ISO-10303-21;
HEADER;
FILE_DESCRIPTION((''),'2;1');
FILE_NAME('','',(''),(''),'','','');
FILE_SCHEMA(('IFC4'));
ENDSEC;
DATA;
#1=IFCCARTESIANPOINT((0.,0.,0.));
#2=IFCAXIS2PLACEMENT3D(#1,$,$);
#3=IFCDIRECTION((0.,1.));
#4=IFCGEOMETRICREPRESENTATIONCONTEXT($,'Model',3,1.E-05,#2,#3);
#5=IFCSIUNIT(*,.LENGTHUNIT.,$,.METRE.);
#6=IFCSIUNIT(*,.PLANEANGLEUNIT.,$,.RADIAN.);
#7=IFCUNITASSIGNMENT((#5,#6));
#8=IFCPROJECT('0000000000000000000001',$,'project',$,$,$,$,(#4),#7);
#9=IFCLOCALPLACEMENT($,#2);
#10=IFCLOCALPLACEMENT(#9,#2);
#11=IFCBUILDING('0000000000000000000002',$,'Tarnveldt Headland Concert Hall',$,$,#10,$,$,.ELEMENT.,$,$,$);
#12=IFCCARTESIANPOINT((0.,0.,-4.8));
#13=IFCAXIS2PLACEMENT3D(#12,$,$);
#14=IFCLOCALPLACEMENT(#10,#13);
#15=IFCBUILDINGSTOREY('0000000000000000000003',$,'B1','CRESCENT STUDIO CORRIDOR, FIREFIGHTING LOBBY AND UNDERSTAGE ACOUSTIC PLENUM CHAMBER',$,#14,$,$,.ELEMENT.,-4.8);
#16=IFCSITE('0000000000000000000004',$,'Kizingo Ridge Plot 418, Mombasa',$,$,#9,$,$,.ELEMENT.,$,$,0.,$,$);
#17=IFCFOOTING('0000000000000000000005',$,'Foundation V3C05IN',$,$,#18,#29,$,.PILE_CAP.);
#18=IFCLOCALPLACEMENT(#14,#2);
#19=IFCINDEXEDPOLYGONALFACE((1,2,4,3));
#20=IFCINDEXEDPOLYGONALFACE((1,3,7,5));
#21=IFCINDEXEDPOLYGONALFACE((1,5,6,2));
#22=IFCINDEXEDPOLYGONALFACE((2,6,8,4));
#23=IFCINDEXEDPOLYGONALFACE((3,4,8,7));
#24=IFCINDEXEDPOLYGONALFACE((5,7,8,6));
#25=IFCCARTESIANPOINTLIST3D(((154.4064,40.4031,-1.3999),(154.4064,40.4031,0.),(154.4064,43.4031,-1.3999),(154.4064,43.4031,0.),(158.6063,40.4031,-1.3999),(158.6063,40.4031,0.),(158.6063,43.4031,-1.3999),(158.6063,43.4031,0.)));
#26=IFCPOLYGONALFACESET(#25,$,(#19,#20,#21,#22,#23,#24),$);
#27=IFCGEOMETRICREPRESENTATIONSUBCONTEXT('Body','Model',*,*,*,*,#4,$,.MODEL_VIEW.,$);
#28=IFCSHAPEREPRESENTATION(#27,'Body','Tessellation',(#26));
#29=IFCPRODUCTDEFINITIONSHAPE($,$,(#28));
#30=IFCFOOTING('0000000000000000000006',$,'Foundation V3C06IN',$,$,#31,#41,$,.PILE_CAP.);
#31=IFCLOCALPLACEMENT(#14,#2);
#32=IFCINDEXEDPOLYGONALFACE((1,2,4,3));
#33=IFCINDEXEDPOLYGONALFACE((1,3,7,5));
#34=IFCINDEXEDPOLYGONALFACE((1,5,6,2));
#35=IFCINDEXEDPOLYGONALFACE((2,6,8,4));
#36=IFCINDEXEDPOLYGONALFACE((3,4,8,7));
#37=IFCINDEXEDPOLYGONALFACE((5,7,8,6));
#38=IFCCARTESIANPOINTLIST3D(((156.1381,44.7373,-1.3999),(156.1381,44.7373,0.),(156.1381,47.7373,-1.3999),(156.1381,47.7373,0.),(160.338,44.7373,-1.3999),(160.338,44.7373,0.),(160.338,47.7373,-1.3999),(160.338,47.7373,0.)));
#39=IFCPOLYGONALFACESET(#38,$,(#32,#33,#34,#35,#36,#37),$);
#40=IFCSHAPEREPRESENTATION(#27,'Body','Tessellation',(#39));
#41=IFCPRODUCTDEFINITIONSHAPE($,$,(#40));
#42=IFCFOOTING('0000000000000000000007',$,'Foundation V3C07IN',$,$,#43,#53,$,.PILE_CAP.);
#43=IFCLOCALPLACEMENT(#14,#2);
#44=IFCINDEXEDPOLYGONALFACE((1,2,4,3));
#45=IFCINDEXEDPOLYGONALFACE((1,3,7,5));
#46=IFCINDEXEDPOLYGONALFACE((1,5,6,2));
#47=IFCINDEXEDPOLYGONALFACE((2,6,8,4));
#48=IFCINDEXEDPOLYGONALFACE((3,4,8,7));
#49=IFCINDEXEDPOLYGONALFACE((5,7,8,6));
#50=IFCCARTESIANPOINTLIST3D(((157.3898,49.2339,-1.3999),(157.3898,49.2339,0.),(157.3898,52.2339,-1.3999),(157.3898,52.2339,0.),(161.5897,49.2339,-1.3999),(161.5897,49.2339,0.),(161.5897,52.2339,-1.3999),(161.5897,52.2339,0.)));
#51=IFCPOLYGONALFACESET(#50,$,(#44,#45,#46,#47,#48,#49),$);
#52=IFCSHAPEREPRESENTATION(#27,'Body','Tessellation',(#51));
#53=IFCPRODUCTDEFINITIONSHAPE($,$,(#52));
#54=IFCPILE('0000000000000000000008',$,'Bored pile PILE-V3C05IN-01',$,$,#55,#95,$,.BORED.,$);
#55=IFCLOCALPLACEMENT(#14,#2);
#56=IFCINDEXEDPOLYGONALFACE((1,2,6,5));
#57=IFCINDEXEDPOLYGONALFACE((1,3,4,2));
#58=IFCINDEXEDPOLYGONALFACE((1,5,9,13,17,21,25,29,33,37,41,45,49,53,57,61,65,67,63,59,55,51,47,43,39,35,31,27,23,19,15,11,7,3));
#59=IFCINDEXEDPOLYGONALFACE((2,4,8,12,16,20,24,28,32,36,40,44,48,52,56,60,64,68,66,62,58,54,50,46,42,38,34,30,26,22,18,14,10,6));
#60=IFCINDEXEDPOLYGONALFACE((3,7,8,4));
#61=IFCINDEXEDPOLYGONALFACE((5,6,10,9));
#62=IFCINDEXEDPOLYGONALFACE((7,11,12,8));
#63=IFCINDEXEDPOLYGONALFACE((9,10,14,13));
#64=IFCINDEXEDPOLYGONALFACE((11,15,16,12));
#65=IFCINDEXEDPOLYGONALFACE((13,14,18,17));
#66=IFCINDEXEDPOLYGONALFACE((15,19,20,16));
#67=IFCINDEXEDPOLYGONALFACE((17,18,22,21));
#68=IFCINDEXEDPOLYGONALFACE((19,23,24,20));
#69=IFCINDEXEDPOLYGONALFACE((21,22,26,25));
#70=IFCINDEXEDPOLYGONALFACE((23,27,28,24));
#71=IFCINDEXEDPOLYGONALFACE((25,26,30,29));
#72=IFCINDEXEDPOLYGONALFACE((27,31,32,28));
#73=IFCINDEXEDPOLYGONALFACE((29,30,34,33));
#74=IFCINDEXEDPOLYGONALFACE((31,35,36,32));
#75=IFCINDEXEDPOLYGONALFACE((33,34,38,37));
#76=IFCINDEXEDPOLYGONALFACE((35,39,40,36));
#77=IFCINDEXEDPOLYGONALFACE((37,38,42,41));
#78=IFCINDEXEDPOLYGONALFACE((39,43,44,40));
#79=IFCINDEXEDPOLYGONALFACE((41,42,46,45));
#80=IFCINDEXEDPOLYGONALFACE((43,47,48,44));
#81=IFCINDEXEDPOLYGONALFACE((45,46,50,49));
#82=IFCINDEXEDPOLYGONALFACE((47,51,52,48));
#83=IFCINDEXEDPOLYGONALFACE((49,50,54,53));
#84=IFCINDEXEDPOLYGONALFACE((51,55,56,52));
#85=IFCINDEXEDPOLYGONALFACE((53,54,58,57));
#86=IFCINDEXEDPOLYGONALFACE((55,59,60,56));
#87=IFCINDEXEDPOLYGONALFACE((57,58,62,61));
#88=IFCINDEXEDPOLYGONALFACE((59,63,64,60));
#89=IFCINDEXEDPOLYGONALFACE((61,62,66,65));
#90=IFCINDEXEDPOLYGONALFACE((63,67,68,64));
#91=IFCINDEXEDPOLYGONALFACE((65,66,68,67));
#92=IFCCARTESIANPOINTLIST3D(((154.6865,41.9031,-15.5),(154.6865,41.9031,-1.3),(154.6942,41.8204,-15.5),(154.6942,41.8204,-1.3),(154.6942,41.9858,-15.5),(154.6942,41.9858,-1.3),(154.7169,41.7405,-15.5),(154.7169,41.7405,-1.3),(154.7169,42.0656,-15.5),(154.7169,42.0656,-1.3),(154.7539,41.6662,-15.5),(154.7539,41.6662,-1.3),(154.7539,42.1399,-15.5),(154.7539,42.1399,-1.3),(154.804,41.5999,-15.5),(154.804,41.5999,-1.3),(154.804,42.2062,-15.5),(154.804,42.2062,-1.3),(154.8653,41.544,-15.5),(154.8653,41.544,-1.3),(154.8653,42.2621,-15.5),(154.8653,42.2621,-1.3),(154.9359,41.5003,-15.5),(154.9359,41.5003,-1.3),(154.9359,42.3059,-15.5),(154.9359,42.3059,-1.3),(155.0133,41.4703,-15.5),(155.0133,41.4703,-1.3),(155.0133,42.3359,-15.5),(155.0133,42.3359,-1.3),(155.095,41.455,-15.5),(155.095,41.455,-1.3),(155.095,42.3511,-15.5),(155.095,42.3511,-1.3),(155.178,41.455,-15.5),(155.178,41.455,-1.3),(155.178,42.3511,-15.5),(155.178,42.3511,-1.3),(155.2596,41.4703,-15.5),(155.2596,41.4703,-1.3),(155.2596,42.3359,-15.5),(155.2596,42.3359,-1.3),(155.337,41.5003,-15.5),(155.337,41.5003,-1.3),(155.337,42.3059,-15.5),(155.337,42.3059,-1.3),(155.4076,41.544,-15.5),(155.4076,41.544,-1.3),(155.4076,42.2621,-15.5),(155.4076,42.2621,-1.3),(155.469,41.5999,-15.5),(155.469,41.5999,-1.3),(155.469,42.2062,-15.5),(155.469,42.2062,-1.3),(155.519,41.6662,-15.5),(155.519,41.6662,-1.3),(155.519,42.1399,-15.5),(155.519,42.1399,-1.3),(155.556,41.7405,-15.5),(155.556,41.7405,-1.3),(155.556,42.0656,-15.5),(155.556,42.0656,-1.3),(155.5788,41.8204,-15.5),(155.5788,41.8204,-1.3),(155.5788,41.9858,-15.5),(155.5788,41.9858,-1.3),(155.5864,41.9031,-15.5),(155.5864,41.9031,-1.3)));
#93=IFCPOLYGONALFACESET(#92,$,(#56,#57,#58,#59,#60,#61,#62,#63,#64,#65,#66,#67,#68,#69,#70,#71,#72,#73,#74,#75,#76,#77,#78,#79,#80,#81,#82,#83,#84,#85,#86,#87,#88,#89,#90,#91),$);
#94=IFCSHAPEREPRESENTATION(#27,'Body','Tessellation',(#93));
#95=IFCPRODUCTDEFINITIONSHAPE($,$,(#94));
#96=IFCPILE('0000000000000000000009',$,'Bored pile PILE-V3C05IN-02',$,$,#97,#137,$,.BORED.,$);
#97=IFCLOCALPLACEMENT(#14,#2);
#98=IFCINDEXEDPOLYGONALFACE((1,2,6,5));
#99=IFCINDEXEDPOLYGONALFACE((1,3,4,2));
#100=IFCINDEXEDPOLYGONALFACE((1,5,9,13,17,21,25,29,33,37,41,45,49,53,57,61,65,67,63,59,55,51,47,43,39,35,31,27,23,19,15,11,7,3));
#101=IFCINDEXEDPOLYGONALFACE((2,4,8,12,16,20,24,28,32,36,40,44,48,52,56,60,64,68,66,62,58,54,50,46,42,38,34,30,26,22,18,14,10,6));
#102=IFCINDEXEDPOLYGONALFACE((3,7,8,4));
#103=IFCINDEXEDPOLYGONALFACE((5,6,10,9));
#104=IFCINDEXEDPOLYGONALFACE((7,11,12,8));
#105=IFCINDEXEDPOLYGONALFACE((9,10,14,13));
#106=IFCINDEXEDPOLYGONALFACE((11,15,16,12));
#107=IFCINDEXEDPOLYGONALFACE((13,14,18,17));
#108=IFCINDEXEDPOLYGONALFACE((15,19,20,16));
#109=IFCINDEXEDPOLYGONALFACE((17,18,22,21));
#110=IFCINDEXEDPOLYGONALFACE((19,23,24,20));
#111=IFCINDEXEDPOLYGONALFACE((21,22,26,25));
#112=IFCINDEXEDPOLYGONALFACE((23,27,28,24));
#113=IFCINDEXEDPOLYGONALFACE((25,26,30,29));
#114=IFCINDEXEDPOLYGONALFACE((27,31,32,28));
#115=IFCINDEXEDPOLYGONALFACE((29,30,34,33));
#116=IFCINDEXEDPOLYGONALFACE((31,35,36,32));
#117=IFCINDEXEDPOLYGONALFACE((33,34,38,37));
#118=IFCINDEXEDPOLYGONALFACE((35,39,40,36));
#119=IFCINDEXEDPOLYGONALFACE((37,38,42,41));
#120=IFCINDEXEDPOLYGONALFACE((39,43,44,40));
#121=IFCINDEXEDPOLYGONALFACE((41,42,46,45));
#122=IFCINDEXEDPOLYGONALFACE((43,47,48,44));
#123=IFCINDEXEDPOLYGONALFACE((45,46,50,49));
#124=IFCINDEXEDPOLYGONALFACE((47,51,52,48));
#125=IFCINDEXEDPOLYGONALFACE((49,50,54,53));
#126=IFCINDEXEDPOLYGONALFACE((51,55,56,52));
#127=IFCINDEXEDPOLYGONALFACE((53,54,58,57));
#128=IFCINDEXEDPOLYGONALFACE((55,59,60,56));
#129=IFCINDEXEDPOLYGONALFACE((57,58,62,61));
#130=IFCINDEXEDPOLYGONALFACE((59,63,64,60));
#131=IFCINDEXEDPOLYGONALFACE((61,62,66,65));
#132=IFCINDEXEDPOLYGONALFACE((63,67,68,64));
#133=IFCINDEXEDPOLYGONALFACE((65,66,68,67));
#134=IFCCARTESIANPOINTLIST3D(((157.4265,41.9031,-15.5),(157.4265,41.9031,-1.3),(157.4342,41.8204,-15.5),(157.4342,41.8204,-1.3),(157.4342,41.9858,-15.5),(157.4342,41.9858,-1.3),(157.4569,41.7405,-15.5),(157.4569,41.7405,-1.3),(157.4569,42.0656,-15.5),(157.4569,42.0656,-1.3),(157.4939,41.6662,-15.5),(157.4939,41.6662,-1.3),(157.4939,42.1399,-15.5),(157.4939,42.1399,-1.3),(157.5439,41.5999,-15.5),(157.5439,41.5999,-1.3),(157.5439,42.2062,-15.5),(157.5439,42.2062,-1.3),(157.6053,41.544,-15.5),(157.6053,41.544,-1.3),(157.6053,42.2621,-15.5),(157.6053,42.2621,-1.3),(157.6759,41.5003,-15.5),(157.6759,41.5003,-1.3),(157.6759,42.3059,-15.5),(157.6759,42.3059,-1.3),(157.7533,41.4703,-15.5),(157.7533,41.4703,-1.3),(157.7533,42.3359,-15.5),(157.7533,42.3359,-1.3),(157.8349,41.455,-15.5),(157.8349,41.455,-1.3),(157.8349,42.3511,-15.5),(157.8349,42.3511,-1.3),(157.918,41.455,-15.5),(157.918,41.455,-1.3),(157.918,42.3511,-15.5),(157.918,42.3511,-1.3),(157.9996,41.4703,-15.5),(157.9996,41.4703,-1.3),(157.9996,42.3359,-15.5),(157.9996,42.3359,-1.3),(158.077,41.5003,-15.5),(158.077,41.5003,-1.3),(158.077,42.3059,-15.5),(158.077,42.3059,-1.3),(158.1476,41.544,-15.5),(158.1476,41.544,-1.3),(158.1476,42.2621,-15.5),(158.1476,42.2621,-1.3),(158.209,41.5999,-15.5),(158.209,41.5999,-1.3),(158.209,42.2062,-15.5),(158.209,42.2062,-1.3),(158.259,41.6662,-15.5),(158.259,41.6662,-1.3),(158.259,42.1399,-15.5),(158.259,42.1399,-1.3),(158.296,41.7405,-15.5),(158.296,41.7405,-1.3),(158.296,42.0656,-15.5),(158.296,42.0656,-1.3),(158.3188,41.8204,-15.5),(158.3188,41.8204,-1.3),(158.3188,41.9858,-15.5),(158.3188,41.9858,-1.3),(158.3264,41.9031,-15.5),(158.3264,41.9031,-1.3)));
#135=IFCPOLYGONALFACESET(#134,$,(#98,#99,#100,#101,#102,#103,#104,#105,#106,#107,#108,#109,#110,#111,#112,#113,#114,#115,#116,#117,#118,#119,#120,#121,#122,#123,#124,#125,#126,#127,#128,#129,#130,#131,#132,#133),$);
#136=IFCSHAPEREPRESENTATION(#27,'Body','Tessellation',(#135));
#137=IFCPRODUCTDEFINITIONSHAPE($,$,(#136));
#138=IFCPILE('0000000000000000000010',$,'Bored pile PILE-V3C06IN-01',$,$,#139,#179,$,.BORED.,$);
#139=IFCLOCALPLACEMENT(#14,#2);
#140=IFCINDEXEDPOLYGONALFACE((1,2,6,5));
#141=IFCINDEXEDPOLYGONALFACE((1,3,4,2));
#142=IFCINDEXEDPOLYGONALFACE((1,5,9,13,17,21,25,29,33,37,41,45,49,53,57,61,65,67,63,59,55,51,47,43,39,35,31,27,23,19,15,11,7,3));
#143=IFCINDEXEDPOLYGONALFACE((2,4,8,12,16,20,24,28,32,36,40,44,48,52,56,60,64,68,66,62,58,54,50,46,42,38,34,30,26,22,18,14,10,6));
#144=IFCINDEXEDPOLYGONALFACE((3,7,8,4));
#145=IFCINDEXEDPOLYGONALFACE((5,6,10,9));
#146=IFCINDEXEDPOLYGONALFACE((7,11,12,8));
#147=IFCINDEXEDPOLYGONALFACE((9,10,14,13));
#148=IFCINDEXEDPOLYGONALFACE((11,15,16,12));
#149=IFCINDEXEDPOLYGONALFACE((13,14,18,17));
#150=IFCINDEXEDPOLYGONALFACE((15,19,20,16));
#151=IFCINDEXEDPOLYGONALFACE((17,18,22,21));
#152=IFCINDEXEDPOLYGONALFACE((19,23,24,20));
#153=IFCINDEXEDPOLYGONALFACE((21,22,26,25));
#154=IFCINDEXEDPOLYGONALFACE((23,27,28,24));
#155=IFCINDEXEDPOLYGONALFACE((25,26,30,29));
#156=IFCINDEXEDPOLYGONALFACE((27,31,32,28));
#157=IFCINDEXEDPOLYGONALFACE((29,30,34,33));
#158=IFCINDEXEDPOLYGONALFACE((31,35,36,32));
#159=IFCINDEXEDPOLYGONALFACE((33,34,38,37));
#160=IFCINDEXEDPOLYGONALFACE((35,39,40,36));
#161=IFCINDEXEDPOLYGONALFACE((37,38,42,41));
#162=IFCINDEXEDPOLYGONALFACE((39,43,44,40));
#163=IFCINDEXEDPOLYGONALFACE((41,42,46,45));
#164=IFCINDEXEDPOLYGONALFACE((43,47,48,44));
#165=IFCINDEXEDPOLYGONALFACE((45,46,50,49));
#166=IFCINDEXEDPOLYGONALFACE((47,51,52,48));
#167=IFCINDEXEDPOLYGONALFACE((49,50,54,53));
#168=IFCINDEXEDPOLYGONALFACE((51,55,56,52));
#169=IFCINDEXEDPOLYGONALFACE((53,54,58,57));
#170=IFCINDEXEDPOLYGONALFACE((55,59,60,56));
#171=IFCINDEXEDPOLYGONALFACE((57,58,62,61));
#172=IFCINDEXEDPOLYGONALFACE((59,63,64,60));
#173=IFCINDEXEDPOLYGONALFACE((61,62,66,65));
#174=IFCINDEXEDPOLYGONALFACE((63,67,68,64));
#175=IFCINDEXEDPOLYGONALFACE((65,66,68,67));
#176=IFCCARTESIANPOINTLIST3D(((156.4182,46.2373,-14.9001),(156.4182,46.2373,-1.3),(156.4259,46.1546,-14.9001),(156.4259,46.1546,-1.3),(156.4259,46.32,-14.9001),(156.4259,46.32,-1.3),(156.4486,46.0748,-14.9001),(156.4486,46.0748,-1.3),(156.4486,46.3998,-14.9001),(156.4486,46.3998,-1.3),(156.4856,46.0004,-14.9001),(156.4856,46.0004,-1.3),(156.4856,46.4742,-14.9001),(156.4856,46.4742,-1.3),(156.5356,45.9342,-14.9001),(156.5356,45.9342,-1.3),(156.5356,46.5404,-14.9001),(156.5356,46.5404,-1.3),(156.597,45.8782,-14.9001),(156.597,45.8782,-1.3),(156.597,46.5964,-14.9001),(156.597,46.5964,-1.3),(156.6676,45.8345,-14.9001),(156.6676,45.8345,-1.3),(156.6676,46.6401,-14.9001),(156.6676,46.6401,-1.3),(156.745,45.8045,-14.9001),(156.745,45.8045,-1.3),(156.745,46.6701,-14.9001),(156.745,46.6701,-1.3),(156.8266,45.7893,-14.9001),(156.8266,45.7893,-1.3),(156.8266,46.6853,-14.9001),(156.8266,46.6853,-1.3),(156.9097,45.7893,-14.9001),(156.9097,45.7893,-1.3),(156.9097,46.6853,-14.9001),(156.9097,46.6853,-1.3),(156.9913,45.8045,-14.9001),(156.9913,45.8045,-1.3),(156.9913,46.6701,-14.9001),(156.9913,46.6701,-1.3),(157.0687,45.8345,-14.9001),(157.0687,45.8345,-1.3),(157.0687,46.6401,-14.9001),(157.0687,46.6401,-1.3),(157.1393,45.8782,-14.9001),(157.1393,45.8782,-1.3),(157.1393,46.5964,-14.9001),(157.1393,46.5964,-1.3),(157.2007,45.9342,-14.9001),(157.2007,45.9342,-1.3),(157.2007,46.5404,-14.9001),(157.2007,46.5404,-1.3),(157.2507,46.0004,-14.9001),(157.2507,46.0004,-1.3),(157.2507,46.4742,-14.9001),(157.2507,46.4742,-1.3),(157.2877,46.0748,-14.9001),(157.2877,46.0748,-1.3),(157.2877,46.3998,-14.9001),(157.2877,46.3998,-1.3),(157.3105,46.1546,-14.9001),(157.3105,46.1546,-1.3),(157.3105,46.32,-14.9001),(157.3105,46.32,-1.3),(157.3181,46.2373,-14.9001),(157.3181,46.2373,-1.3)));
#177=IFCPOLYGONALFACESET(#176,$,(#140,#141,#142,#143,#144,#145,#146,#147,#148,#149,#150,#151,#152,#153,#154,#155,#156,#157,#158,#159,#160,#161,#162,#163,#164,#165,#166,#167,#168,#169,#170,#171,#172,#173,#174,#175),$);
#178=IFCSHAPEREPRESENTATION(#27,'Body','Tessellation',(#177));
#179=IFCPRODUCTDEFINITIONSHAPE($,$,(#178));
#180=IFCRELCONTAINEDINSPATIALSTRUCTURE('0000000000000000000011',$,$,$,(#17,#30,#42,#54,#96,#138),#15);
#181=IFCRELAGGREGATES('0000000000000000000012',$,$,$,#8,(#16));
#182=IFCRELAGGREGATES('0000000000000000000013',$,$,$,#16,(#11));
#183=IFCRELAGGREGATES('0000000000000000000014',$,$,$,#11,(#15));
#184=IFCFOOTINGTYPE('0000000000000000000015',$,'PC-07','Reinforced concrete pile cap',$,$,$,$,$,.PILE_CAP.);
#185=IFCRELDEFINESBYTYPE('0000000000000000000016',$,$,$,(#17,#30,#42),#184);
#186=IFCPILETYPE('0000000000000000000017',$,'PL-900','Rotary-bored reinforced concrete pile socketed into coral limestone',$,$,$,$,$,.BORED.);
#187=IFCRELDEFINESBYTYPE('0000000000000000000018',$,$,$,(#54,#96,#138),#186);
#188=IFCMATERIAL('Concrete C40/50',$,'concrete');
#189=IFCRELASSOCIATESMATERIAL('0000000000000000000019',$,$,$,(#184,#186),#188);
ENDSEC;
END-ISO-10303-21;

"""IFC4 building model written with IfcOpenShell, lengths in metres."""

from ifc_helpers import new_model, si_unit, direction, frame, origin, origin_2d, place, context, subcontext, project, spatial, rectangle, circle, extrude, material, material_profile, profile_set, type_object, element, save


model = new_model("IFC4")

# Units and contexts
model_context = context("Model", 3, precision=1e-05, world=origin(), true_north=direction((0.0, 1.0)))
body_context = subcontext(model_context, "Body", "Model", "MODEL_VIEW")
ifc_project = project(units=[si_unit("LENGTHUNIT", "METRE"), si_unit("PLANEANGLEUNIT", "RADIAN")], contexts=[model_context])

# Site, building, storey
site_placement = place(None, origin())
site = spatial("IfcSite", under=ifc_project, at=site_placement, Name="Kizingo Ridge Plot 418, Mombasa", CompositionType="ELEMENT", RefElevation=0.0)
building_placement = place(site_placement, origin())
building = spatial("IfcBuilding", under=site, at=building_placement, Name="Tarnveldt Headland Concert Hall", CompositionType="ELEMENT")
storey_placement = place(building_placement, frame((0.0, 0.0, -4.8)))
storey = spatial("IfcBuildingStorey", under=building, at=storey_placement, Name="B1", Description="CRESCENT STUDIO CORRIDOR, FIREFIGHTING LOBBY AND UNDERSTAGE ACOUSTIC PLENUM CHAMBER", CompositionType="ELEMENT", Elevation=-4.8)

# Footings
ifc_material_1 = material(Name="Concrete C40/50", Category="concrete")
footing_type = type_object("IfcFootingType", Name="PC-07", Description="Reinforced concrete pile cap", PredefinedType="PILE_CAP", material=ifc_material_1)
for number, where, z_axis, x_axis, name in (
    (1, (156.5063, 41.9031, -1.3999), (0.0, 0.0, 1.0), (1.0, 0.0, 0.0), "Foundation V3C05IN"),
    (2, (158.238, 46.2373, -1.3999), (0.0, 0.0, 1.0), (1.0, 0.0, 0.0), "Foundation V3C06IN"),
    (3, (159.4897, 50.7339, -1.3999), (0.0, 0.0, 1.0), (1.0, 0.0, 0.0), "Foundation V3C07IN"),
):
    element("IfcFooting", number, at=place(storey_placement, frame(where, z_axis=z_axis, x_axis=x_axis)), inside=storey, type_object=footing_type, Name=name, PredefinedType="PILE_CAP", context=body_context, shape_type="SweptSolid", body=[
        extrude(rectangle(XDim=4.2, YDim=3.0, at=origin_2d()), origin(), (0.0, 0.0, 1.0), 1.3999),
    ])

# Piles
ifc_material_profile_1 = material_profile(ifc_material_1, circle(Radius=0.45, at=origin_2d()), Name="BORED PILE D900", Category="concrete")
ifc_profile_set_1 = profile_set([ifc_material_profile_1], Name="Concrete C40/50")
pile_type = type_object("IfcPileType", Name="PL-900", Description="Rotary-bored reinforced concrete pile socketed into coral limestone", PredefinedType="BORED", material=ifc_profile_set_1)
for number, where, z_axis, x_axis, name in (
    (4, (155.1365, 41.9031, -1.3), (0.0, 0.0, -1.0), (1.0, 0.0, 0.0), "Bored pile PILE-V3C05IN-01"),
    (5, (157.8765, 41.9031, -1.3), (0.0, 0.0, -1.0), (1.0, 0.0, 0.0), "Bored pile PILE-V3C05IN-02"),
):
    element("IfcPile", number, at=place(storey_placement, frame(where, z_axis=z_axis, x_axis=x_axis)), inside=storey, type_object=pile_type, Name=name, PredefinedType="BORED", context=body_context, shape_type="SweptSolid", body=[
        extrude(circle(Radius=0.45, at=origin_2d()), origin(), (0.0, 0.0, 1.0), 14.2),
    ])
for number, where, z_axis, x_axis, name in (
    (6, (156.8682, 46.2373, -1.3), (0.0, 0.0, -1.0), (1.0, 0.0, 0.0), "Bored pile PILE-V3C06IN-01"),
):
    element("IfcPile", number, at=place(storey_placement, frame(where, z_axis=z_axis, x_axis=x_axis)), inside=storey, type_object=pile_type, Name=name, PredefinedType="BORED", context=body_context, shape_type="SweptSolid", body=[
        extrude(circle(Radius=0.45, at=origin_2d()), origin(), (0.0, 0.0, 1.0), 13.6001),
    ])

save(model, "model.ifc")
